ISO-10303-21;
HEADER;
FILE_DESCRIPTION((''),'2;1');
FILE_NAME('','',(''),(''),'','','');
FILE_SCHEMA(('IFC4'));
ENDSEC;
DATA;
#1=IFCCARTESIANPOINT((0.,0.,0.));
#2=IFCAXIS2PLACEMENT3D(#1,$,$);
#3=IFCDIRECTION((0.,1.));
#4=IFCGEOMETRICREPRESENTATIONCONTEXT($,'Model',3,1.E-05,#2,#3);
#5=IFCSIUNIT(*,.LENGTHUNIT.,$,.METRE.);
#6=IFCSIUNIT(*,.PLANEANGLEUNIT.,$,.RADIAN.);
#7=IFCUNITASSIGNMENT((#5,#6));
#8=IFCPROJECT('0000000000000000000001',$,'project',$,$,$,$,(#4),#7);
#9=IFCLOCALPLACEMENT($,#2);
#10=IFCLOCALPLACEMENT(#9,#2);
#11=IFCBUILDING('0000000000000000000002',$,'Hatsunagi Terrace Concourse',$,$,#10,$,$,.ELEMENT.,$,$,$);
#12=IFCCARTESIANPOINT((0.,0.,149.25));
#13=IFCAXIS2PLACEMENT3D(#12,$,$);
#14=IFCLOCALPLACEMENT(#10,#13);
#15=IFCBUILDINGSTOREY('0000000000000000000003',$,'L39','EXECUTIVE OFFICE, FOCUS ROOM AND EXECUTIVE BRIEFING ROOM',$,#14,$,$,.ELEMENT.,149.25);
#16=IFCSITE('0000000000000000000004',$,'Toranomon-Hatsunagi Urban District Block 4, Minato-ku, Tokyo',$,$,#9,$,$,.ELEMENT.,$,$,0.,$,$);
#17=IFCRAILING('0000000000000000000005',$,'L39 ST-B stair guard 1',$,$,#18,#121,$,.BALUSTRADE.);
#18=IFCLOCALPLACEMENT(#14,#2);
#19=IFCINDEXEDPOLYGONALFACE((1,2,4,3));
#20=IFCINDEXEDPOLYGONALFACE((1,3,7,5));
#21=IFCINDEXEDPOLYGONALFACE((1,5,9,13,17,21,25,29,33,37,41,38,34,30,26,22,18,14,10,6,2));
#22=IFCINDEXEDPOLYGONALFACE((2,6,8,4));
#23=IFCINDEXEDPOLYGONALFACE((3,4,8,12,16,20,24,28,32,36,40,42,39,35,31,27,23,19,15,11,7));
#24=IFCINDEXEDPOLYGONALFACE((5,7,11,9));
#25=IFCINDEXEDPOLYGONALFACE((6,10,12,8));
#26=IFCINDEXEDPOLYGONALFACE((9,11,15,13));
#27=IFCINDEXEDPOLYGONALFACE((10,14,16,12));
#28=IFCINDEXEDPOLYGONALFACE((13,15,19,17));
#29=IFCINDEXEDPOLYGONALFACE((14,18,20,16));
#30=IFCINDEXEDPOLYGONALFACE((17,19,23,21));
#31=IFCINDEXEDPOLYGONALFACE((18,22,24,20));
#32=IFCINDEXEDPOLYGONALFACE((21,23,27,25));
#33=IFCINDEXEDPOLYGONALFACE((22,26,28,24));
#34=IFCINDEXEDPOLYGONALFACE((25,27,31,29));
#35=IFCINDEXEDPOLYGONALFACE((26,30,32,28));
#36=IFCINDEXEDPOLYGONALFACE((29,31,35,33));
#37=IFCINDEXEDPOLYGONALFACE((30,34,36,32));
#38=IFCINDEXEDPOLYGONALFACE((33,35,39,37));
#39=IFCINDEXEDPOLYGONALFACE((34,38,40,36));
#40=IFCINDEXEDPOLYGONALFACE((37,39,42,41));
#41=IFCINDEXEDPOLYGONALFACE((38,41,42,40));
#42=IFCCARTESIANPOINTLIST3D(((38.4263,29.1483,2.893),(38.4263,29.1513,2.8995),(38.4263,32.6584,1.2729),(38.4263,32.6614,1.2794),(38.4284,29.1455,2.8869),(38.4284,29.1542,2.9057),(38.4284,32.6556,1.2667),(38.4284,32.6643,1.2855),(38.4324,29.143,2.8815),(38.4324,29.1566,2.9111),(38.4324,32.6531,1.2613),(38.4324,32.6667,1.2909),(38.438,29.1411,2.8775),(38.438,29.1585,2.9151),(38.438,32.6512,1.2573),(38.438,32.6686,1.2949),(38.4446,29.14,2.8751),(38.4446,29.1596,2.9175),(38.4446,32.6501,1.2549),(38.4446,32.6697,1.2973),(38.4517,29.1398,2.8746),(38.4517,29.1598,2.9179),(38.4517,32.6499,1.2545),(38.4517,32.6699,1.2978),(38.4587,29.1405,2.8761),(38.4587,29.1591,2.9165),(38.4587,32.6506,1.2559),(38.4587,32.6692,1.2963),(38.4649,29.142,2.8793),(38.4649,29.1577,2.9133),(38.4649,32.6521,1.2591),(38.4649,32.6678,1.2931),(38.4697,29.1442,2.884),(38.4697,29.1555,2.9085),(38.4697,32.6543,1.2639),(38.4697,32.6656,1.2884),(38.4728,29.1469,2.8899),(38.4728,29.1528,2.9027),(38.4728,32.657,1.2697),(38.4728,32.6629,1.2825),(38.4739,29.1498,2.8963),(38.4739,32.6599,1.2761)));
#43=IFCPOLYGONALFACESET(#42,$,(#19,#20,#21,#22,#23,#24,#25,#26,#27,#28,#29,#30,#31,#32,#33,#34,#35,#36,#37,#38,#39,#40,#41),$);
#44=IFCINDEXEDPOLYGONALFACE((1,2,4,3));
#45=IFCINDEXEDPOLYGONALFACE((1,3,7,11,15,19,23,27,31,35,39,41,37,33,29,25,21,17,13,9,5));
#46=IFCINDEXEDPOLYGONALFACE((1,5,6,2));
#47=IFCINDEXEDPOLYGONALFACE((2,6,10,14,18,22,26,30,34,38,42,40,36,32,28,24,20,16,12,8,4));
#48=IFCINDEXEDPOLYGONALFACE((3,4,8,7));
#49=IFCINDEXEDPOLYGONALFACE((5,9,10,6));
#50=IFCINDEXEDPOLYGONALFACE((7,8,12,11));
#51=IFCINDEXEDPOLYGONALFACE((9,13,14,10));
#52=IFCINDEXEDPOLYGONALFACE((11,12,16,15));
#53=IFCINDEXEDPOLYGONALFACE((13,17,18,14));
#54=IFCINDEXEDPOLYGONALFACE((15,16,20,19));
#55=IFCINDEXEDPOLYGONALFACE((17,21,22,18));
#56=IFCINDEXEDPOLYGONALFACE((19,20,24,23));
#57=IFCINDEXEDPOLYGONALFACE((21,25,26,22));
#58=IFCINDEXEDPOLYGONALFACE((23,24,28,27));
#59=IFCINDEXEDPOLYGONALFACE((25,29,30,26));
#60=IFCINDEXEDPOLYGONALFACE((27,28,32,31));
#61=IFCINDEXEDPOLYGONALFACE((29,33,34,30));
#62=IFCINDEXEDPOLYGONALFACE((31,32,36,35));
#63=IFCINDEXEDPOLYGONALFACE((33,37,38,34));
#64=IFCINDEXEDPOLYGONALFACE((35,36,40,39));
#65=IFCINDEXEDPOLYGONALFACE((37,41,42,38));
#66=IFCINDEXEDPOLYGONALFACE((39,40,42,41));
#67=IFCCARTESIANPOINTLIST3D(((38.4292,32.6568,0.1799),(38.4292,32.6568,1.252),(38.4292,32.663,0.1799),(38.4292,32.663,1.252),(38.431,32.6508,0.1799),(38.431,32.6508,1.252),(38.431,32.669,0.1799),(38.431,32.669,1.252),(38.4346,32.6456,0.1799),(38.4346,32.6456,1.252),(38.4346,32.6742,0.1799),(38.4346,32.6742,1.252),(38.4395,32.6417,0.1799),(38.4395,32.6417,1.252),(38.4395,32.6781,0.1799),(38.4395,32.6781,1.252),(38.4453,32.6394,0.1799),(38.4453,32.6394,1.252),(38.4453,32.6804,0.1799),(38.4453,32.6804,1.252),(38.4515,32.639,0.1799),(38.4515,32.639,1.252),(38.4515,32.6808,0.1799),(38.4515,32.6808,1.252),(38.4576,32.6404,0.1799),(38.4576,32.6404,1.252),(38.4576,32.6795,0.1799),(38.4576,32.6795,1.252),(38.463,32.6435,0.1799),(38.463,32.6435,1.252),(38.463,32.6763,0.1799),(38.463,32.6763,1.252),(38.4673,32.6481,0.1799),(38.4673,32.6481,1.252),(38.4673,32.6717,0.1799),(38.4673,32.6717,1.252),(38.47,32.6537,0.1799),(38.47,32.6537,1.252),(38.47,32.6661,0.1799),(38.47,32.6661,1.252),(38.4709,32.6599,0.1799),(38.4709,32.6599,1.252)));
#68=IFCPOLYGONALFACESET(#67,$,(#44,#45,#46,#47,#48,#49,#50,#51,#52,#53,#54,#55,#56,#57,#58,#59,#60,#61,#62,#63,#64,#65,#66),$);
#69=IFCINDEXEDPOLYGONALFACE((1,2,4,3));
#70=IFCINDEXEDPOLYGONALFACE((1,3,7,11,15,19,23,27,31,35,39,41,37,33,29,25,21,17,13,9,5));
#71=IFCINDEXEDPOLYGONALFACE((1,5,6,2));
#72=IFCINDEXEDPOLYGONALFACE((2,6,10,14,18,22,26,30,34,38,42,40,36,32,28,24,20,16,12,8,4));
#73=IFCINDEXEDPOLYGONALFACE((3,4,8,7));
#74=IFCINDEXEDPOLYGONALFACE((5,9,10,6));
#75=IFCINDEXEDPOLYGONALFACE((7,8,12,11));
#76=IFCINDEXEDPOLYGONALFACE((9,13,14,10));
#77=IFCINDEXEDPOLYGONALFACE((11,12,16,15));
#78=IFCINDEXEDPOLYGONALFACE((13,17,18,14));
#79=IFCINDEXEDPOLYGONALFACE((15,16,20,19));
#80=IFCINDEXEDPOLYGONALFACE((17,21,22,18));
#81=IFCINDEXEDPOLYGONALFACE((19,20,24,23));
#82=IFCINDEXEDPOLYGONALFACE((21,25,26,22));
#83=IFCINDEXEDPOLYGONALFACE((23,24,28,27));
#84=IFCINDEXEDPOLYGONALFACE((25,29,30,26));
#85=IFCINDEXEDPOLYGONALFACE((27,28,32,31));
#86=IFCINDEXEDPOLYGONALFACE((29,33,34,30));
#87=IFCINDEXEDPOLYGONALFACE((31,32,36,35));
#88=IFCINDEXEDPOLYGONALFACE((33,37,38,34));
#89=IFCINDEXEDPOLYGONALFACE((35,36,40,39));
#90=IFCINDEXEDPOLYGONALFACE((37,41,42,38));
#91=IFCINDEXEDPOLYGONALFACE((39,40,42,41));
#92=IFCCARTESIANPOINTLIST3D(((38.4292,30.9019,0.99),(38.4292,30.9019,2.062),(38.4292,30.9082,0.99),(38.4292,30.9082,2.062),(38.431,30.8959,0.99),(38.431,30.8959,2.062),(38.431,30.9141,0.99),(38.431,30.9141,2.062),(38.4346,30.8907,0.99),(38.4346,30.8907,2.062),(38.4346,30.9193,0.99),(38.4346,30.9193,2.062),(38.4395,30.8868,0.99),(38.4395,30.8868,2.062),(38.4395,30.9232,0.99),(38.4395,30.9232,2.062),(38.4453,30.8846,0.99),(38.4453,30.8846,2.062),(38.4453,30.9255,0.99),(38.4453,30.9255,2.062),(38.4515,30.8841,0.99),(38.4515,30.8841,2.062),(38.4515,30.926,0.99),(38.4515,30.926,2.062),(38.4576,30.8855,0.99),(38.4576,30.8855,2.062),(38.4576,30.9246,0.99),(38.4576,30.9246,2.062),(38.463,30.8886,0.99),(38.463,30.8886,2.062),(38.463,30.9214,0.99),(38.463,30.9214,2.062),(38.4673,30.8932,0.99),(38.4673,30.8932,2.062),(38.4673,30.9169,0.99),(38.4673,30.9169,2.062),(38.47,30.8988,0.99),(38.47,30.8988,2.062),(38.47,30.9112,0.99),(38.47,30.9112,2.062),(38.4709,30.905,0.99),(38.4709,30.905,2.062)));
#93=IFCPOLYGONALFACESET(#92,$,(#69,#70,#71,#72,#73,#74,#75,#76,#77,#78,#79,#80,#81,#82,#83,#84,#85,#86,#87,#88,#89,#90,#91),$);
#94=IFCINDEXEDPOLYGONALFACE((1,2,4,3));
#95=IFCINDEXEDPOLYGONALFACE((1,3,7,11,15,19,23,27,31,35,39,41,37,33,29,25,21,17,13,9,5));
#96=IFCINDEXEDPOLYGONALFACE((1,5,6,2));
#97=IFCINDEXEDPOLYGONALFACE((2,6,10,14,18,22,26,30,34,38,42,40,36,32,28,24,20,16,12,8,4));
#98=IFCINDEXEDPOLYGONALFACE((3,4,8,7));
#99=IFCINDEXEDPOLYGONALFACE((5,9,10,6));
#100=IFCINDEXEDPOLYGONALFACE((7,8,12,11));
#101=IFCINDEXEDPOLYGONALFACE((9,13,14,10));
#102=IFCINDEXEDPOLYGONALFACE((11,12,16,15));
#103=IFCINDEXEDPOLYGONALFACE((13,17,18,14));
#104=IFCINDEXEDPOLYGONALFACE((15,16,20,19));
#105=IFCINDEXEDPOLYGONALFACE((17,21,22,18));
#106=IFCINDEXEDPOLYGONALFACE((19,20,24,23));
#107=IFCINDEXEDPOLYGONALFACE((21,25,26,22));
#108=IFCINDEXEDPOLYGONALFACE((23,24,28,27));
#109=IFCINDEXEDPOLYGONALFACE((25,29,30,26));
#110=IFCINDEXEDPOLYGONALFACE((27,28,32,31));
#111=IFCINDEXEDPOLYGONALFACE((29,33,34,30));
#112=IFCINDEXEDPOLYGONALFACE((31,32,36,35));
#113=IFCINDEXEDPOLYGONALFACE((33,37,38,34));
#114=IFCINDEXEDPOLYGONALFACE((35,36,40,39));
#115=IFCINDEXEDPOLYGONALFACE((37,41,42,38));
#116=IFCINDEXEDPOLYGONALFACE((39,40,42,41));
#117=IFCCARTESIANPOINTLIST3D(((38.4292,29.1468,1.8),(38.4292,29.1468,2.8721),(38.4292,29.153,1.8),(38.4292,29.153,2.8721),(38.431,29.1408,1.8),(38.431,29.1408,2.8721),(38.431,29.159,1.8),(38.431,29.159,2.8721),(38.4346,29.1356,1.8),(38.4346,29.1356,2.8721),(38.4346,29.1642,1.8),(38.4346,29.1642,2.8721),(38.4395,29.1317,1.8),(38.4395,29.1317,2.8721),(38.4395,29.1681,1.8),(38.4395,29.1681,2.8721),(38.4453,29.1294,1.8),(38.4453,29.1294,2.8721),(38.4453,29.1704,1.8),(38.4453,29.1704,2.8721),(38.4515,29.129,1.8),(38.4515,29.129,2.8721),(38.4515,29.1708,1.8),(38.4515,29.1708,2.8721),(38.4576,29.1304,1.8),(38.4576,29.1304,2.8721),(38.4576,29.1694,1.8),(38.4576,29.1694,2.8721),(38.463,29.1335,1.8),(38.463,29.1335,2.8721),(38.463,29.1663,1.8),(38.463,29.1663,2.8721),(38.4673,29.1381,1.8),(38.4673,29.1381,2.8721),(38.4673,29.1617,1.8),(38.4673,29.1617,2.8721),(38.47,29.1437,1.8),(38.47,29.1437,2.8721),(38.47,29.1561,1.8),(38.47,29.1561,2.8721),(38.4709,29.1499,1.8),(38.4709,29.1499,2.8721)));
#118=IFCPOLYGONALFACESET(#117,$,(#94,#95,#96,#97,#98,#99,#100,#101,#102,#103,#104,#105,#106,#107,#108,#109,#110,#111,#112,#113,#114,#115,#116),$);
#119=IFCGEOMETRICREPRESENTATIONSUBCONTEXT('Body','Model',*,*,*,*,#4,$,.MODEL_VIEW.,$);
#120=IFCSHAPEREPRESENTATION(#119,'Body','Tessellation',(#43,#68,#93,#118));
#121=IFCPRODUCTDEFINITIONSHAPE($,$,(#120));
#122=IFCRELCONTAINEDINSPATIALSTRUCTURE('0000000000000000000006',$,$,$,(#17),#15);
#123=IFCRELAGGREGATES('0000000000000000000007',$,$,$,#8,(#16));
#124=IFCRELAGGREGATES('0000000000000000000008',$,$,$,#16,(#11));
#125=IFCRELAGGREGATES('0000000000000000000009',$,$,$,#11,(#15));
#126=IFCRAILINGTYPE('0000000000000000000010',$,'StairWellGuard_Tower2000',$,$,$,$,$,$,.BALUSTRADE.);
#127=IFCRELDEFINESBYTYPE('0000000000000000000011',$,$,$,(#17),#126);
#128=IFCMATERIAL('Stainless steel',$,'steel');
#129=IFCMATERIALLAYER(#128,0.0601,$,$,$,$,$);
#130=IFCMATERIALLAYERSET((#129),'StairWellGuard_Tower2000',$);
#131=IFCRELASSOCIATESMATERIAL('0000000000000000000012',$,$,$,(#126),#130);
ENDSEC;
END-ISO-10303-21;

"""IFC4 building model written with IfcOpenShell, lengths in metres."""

from ifc_helpers import new_model, si_unit, direction, frame, origin, origin_2d, place, context, subcontext, project, spatial, circle, extrude, material, layer, layer_set, type_object, element, save


model = new_model("IFC4")

# Units and contexts
model_context = context("Model", 3, precision=1e-05, world=origin(), true_north=direction((0.0, 1.0)))
body_context = subcontext(model_context, "Body", "Model", "MODEL_VIEW")
ifc_project = project(units=[si_unit("LENGTHUNIT", "METRE"), si_unit("PLANEANGLEUNIT", "RADIAN")], contexts=[model_context])

# Site, building, storey
site_placement = place(None, origin())
site = spatial("IfcSite", under=ifc_project, at=site_placement, Name="Toranomon-Hatsunagi Urban District Block 4, Minato-ku, Tokyo", CompositionType="ELEMENT", RefElevation=0.0)
building_placement = place(site_placement, origin())
building = spatial("IfcBuilding", under=site, at=building_placement, Name="Hatsunagi Terrace Concourse", CompositionType="ELEMENT")
storey_placement = place(building_placement, frame((0.0, 0.0, 149.25)))
storey = spatial("IfcBuildingStorey", under=building, at=storey_placement, Name="L39", Description="EXECUTIVE OFFICE, FOCUS ROOM AND EXECUTIVE BRIEFING ROOM", CompositionType="ELEMENT", Elevation=149.25)

# Railing
ifc_material_1 = material(Name="Stainless steel", Category="steel")
ifc_layer_1 = layer(ifc_material_1, 0.0601)
ifc_layer_set_1 = layer_set([ifc_layer_1], Name="StairWellGuard_Tower2000")
railing_type_1 = type_object("IfcRailingType", Name="StairWellGuard_Tower2000", PredefinedType="BALUSTRADE", material=ifc_layer_set_1)
railing_1_placement = place(storey_placement, frame((38.45, 32.6599, 0.1799)))
element("IfcRailing", 1, at=railing_1_placement, inside=storey, type_object=railing_type_1, Name="L39 ST-B stair guard 1", PredefinedType="BALUSTRADE", context=body_context, shape_type="SweptSolid", body=[
    extrude(circle(Radius=0.0239, at=origin_2d()), frame((0.0, 0.0, 1.0962), z_axis=(0.0, -0.907948, 0.419082), x_axis=(1.0, 0.0, 0.0)), (0.0, 0.0, 1.0), 3.866),
    extrude(circle(Radius=0.021, at=origin_2d()), origin(), (0.0, 0.0, 1.0), 1.072),
    extrude(circle(Radius=0.021, at=origin_2d()), frame((0.0, -1.7549, 0.8101)), (0.0, 0.0, 1.0), 1.072),
    extrude(circle(Radius=0.021, at=origin_2d()), frame((0.0, -3.51, 1.6201)), (0.0, 0.0, 1.0), 1.072),
])

save(model, "model.ifc")
